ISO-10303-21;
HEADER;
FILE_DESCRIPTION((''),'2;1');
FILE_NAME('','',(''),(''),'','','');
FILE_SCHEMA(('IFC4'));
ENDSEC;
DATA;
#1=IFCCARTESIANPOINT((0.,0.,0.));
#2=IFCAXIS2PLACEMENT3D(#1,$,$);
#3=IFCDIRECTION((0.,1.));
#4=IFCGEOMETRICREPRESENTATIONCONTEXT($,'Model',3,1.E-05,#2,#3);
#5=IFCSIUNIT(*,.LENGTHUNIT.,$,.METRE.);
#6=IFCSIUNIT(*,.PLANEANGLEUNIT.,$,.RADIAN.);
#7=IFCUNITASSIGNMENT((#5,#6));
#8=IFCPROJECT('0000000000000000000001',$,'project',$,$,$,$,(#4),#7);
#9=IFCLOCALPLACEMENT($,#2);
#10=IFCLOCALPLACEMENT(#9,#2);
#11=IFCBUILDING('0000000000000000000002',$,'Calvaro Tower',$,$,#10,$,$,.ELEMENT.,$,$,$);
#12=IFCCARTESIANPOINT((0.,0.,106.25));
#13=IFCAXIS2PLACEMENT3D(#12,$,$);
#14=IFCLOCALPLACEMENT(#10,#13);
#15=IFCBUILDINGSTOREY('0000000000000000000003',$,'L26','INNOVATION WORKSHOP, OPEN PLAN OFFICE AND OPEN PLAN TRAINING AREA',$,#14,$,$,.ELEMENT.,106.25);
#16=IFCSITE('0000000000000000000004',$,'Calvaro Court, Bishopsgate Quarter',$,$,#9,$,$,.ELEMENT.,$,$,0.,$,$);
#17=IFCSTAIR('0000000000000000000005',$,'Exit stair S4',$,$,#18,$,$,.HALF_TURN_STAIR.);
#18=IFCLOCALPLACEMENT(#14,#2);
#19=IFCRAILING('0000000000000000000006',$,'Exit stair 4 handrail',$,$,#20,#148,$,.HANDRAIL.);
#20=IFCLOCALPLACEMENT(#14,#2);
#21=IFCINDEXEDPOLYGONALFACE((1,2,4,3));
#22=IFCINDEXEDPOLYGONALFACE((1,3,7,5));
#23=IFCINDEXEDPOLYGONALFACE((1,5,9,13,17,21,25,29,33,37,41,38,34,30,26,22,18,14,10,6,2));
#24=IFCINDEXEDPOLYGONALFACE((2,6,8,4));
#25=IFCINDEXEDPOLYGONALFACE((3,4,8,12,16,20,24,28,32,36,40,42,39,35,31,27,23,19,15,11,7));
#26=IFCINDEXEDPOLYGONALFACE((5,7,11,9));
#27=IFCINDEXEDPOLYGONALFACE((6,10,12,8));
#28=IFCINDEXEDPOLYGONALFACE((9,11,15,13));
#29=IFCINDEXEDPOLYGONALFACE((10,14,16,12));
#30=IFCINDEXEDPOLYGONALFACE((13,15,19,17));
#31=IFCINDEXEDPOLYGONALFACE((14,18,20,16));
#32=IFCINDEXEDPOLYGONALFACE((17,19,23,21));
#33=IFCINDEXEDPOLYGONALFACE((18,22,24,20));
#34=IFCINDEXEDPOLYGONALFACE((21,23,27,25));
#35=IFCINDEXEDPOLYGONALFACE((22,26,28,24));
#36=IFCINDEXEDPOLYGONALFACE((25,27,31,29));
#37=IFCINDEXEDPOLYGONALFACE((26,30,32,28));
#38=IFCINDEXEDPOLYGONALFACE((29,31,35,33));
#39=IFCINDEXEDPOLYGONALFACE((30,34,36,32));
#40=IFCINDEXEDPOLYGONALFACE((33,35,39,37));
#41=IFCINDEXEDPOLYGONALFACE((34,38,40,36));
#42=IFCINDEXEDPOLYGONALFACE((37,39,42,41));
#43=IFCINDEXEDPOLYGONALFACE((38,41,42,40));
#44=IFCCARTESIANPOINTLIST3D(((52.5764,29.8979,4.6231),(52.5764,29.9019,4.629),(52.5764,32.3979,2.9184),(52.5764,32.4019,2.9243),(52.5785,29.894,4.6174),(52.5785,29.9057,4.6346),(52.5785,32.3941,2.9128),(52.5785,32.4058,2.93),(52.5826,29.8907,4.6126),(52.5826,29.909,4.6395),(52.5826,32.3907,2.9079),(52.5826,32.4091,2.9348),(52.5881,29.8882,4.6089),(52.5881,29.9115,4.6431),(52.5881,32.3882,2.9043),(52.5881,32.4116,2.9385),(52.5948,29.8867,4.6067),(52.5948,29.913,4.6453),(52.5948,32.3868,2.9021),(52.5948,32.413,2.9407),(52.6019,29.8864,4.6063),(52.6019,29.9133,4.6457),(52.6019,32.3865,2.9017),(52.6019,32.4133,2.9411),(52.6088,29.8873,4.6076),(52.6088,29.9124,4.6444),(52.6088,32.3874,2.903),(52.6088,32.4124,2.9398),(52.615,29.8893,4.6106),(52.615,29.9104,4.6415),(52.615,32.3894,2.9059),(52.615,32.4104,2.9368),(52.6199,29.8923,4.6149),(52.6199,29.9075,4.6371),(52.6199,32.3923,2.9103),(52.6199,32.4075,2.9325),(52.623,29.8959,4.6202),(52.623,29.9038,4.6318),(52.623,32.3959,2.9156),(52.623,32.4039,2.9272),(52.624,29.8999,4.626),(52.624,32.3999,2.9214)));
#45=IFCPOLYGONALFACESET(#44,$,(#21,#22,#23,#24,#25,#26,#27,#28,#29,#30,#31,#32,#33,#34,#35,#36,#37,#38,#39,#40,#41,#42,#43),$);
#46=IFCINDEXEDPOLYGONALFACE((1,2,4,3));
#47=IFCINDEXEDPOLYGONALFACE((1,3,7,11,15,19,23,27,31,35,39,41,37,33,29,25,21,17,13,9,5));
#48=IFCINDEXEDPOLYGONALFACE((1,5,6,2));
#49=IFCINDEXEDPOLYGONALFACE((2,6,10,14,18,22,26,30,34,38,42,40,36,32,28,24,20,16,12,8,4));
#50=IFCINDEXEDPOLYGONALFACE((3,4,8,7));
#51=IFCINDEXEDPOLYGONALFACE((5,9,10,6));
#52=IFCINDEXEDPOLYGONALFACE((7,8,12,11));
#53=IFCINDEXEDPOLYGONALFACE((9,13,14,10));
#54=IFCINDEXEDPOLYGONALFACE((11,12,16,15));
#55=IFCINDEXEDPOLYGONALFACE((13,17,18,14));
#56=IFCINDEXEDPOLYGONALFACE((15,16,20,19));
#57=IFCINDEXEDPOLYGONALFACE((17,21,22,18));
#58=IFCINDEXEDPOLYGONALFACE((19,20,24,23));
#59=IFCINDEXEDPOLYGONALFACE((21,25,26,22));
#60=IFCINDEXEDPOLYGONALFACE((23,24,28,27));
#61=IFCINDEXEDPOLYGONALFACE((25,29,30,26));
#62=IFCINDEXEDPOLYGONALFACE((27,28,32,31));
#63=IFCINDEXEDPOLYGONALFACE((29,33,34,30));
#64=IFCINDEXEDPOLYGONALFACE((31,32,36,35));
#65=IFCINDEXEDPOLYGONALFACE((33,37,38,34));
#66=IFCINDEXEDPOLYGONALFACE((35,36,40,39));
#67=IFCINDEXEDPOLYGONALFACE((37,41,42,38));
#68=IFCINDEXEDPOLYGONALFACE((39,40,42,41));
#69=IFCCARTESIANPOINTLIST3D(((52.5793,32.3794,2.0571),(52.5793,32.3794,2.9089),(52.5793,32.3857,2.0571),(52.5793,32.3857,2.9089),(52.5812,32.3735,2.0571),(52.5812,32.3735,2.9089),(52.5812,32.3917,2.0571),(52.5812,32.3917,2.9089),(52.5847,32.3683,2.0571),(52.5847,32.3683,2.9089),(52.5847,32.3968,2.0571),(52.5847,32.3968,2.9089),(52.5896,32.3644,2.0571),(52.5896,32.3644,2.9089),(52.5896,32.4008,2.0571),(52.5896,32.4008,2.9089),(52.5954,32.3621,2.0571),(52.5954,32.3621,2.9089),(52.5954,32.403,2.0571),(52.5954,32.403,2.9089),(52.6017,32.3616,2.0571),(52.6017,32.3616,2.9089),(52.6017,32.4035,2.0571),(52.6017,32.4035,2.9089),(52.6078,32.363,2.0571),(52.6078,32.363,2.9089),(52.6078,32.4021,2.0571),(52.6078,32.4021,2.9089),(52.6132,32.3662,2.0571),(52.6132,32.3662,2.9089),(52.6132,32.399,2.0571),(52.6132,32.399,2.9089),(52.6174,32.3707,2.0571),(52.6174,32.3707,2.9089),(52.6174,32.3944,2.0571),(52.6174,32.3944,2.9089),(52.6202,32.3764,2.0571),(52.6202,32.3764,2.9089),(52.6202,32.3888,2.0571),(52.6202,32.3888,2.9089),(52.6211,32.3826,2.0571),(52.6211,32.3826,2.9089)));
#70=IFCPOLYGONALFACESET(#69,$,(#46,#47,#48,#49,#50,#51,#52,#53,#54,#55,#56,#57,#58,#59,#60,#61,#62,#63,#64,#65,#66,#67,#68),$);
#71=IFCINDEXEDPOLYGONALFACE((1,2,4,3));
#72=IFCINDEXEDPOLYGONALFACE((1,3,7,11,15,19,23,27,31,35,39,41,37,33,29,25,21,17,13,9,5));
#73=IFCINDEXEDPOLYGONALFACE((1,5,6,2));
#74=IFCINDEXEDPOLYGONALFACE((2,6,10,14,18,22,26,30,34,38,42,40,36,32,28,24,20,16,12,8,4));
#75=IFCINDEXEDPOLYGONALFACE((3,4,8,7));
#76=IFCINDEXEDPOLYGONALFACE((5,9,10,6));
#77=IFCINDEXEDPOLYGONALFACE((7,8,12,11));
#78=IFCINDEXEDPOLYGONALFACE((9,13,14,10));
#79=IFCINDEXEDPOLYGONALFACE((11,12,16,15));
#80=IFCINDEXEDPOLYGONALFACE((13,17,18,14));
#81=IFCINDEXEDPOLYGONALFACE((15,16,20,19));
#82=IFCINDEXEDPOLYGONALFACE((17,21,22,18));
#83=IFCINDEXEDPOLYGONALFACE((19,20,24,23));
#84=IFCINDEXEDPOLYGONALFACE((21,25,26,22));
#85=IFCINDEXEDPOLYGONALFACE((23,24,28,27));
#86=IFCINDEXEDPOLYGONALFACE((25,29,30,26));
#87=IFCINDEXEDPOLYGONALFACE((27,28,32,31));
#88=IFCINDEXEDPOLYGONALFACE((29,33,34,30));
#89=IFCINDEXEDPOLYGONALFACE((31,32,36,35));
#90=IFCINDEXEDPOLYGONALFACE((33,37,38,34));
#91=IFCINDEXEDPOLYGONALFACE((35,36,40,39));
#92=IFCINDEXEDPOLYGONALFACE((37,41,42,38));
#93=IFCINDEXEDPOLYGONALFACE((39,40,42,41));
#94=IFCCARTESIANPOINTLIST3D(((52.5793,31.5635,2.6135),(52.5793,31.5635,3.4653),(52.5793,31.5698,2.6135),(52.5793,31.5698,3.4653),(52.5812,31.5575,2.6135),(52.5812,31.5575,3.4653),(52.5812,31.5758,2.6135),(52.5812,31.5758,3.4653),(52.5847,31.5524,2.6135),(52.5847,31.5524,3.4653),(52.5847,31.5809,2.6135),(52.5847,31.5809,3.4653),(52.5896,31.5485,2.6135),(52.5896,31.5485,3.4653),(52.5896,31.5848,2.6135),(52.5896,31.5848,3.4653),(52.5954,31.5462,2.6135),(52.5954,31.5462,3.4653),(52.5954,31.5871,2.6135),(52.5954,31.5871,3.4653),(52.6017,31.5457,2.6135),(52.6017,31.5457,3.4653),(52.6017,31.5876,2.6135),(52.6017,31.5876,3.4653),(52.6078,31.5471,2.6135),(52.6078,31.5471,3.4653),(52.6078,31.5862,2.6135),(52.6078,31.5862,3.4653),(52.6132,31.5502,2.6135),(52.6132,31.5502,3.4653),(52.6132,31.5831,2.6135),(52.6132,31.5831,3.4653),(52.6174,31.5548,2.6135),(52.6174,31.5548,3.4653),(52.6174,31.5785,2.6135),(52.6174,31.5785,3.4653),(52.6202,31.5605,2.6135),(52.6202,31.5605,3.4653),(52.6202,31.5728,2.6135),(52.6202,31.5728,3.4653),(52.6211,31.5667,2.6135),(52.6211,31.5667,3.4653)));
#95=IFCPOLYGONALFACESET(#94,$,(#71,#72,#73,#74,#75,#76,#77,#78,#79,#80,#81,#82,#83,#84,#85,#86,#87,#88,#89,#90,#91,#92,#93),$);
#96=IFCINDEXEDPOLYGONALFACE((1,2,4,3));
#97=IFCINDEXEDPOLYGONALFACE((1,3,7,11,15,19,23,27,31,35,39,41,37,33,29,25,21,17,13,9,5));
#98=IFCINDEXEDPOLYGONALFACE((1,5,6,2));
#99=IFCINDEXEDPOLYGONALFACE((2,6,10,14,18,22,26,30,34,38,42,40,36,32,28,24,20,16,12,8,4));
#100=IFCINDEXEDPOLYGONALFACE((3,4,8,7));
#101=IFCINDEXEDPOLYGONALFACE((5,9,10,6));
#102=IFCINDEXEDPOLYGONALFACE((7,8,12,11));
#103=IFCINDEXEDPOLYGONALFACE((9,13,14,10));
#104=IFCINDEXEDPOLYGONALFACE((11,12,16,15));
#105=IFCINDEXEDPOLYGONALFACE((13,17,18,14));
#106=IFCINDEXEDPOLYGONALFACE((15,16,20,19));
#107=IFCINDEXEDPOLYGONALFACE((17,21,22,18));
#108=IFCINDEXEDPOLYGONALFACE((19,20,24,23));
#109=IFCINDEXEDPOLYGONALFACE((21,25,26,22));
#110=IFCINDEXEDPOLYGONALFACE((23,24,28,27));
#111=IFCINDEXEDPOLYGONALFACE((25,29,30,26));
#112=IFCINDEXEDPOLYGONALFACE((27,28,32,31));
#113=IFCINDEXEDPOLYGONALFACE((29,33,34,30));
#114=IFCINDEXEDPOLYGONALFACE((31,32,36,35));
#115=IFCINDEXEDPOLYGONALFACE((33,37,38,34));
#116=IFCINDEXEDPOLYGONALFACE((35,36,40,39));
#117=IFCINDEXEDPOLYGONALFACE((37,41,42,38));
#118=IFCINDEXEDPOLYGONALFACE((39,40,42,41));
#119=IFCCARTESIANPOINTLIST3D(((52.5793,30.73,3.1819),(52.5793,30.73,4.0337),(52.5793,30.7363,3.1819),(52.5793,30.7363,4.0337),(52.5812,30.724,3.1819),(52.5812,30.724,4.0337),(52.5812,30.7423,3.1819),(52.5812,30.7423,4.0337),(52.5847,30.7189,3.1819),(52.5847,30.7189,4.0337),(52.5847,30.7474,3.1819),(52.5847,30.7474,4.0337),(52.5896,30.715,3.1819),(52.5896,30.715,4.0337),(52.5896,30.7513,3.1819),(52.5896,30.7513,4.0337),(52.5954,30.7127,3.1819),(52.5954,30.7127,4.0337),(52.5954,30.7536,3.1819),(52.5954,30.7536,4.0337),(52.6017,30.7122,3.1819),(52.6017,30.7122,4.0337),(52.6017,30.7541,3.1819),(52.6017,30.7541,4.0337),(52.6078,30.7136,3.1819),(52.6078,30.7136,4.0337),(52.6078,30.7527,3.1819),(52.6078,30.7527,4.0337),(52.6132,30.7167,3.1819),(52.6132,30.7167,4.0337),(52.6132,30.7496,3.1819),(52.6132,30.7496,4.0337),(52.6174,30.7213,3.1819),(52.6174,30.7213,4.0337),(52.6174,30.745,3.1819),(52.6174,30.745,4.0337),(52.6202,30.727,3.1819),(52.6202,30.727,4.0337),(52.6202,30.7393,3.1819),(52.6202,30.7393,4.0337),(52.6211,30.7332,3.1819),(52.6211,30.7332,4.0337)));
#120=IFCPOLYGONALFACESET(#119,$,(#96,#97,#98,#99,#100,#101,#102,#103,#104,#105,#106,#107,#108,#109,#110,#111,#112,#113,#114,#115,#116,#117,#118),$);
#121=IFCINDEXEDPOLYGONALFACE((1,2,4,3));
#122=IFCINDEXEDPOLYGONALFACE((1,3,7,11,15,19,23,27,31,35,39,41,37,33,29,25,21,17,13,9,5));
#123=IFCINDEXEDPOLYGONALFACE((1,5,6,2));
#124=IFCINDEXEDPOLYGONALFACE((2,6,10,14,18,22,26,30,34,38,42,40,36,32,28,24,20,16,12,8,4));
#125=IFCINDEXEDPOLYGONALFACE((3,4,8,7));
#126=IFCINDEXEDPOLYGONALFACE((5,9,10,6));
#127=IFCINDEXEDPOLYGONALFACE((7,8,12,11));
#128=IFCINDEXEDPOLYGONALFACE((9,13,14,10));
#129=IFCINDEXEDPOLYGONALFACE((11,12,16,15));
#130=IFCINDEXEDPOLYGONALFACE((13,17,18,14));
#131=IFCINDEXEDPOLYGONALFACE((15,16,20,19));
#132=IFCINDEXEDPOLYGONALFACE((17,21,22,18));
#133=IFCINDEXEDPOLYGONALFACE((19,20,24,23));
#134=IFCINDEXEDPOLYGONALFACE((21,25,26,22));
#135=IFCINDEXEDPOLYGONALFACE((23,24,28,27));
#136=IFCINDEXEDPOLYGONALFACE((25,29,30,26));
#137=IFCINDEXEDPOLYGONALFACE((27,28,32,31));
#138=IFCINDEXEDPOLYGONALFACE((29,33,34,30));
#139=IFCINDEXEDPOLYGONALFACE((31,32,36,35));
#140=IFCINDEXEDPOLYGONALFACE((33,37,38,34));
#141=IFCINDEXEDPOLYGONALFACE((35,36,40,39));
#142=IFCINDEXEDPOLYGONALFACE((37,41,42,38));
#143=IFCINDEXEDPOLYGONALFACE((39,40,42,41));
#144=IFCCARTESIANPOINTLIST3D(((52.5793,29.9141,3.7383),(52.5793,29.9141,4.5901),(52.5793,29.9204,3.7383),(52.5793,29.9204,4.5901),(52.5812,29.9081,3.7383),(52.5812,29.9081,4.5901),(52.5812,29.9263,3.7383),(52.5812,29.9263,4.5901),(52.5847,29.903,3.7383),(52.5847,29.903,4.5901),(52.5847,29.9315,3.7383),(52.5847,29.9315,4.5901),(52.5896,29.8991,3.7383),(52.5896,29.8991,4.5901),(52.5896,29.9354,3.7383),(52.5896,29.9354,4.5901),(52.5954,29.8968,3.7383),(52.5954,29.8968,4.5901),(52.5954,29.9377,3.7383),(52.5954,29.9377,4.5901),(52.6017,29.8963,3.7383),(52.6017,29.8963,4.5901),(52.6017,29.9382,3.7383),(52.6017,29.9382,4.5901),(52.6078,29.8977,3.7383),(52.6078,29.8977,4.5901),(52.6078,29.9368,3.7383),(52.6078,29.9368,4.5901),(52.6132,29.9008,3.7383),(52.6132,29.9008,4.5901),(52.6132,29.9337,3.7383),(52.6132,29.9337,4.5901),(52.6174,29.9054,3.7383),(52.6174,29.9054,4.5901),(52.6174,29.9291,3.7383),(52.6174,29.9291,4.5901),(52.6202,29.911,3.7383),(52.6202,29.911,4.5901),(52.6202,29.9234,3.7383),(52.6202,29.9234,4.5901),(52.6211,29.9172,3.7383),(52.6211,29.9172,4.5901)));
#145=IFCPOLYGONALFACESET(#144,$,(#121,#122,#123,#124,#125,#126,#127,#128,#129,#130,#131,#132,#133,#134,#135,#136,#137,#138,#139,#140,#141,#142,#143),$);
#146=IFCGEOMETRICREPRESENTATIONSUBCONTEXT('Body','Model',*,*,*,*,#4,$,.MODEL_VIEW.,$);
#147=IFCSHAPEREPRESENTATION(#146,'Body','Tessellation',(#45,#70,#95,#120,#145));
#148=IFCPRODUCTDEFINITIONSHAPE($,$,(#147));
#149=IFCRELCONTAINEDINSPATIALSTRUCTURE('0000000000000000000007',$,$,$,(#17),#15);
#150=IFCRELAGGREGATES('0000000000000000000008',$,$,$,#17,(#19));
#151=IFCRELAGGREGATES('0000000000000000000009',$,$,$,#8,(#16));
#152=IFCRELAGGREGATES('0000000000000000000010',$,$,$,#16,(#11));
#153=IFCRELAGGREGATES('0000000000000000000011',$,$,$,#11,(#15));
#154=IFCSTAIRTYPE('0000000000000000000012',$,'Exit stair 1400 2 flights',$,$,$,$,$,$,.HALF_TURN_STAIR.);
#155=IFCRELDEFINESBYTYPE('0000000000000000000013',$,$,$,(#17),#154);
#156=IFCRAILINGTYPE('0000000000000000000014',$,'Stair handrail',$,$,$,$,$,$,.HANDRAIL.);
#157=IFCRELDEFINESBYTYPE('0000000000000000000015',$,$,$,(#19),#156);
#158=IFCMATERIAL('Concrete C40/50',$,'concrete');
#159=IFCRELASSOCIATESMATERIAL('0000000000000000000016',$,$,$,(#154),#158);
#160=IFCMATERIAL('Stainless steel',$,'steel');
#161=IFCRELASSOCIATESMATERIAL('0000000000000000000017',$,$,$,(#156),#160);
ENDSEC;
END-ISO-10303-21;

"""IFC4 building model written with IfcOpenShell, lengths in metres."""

from ifc_helpers import new_model, si_unit, direction, frame, origin, origin_2d, place, context, subcontext, project, spatial, circle, extrude, material, type_object, element, aggregate, save


model = new_model("IFC4")

# Units and contexts
model_context = context("Model", 3, precision=1e-05, world=origin(), true_north=direction((0.0, 1.0)))
body_context = subcontext(model_context, "Body", "Model", "MODEL_VIEW")
ifc_project = project(units=[si_unit("LENGTHUNIT", "METRE"), si_unit("PLANEANGLEUNIT", "RADIAN")], contexts=[model_context])

# Site, building, storey
site_placement = place(None, origin())
site = spatial("IfcSite", under=ifc_project, at=site_placement, Name="Calvaro Court, Bishopsgate Quarter", CompositionType="ELEMENT", RefElevation=0.0)
building_placement = place(site_placement, origin())
building = spatial("IfcBuilding", under=site, at=building_placement, Name="Calvaro Tower", CompositionType="ELEMENT")
storey_placement = place(building_placement, frame((0.0, 0.0, 106.25)))
storey = spatial("IfcBuildingStorey", under=building, at=storey_placement, Name="L26", Description="INNOVATION WORKSHOP, OPEN PLAN OFFICE AND OPEN PLAN TRAINING AREA", CompositionType="ELEMENT", Elevation=106.25)

# Stair
ifc_material_1 = material(Name="Concrete C40/50", Category="concrete")
stair_type = type_object("IfcStairType", Name="Exit stair 1400 2 flights", PredefinedType="HALF_TURN_STAIR", material=ifc_material_1)
stair_1_placement = place(storey_placement, origin())
stair_1 = element("IfcStair", 1, at=stair_1_placement, inside=storey, type_object=stair_type, Name="Exit stair S4", PredefinedType="HALF_TURN_STAIR")

# Railing
ifc_material_2 = material(Name="Stainless steel", Category="steel")
railing_type = type_object("IfcRailingType", Name="Stair handrail", PredefinedType="HANDRAIL", material=ifc_material_2)
railing_1_placement = place(storey_placement, frame((52.6001, 32.3999, 2.0454)))
railing_1 = element("IfcRailing", 2, at=railing_1_placement, type_object=railing_type, Name="Exit stair 4 handrail", PredefinedType="HANDRAIL", context=body_context, shape_type="SweptSolid", body=[
    extrude(circle(Radius=0.0239, at=origin_2d()), frame((0.0, 0.0, 0.876), z_axis=(0.0, -0.826221, 0.563347), x_axis=(1.0, 0.0, 0.0)), (0.0, 0.0, 1.0), 3.0259),
    extrude(circle(Radius=0.021, at=origin_2d()), frame((0.0, -0.0173, 0.0117)), (0.0, 0.0, 1.0), 0.8518),
    extrude(circle(Radius=0.021, at=origin_2d()), frame((0.0, -0.8333, 0.5681)), (0.0, 0.0, 1.0), 0.8518),
    extrude(circle(Radius=0.021, at=origin_2d()), frame((0.0, -1.6667, 1.1365)), (0.0, 0.0, 1.0), 0.8518),
    extrude(circle(Radius=0.021, at=origin_2d()), frame((0.0, -2.4827, 1.6929)), (0.0, 0.0, 1.0), 0.8518),
])
aggregate(stair_1, [railing_1])

save(model, "model.ifc")
